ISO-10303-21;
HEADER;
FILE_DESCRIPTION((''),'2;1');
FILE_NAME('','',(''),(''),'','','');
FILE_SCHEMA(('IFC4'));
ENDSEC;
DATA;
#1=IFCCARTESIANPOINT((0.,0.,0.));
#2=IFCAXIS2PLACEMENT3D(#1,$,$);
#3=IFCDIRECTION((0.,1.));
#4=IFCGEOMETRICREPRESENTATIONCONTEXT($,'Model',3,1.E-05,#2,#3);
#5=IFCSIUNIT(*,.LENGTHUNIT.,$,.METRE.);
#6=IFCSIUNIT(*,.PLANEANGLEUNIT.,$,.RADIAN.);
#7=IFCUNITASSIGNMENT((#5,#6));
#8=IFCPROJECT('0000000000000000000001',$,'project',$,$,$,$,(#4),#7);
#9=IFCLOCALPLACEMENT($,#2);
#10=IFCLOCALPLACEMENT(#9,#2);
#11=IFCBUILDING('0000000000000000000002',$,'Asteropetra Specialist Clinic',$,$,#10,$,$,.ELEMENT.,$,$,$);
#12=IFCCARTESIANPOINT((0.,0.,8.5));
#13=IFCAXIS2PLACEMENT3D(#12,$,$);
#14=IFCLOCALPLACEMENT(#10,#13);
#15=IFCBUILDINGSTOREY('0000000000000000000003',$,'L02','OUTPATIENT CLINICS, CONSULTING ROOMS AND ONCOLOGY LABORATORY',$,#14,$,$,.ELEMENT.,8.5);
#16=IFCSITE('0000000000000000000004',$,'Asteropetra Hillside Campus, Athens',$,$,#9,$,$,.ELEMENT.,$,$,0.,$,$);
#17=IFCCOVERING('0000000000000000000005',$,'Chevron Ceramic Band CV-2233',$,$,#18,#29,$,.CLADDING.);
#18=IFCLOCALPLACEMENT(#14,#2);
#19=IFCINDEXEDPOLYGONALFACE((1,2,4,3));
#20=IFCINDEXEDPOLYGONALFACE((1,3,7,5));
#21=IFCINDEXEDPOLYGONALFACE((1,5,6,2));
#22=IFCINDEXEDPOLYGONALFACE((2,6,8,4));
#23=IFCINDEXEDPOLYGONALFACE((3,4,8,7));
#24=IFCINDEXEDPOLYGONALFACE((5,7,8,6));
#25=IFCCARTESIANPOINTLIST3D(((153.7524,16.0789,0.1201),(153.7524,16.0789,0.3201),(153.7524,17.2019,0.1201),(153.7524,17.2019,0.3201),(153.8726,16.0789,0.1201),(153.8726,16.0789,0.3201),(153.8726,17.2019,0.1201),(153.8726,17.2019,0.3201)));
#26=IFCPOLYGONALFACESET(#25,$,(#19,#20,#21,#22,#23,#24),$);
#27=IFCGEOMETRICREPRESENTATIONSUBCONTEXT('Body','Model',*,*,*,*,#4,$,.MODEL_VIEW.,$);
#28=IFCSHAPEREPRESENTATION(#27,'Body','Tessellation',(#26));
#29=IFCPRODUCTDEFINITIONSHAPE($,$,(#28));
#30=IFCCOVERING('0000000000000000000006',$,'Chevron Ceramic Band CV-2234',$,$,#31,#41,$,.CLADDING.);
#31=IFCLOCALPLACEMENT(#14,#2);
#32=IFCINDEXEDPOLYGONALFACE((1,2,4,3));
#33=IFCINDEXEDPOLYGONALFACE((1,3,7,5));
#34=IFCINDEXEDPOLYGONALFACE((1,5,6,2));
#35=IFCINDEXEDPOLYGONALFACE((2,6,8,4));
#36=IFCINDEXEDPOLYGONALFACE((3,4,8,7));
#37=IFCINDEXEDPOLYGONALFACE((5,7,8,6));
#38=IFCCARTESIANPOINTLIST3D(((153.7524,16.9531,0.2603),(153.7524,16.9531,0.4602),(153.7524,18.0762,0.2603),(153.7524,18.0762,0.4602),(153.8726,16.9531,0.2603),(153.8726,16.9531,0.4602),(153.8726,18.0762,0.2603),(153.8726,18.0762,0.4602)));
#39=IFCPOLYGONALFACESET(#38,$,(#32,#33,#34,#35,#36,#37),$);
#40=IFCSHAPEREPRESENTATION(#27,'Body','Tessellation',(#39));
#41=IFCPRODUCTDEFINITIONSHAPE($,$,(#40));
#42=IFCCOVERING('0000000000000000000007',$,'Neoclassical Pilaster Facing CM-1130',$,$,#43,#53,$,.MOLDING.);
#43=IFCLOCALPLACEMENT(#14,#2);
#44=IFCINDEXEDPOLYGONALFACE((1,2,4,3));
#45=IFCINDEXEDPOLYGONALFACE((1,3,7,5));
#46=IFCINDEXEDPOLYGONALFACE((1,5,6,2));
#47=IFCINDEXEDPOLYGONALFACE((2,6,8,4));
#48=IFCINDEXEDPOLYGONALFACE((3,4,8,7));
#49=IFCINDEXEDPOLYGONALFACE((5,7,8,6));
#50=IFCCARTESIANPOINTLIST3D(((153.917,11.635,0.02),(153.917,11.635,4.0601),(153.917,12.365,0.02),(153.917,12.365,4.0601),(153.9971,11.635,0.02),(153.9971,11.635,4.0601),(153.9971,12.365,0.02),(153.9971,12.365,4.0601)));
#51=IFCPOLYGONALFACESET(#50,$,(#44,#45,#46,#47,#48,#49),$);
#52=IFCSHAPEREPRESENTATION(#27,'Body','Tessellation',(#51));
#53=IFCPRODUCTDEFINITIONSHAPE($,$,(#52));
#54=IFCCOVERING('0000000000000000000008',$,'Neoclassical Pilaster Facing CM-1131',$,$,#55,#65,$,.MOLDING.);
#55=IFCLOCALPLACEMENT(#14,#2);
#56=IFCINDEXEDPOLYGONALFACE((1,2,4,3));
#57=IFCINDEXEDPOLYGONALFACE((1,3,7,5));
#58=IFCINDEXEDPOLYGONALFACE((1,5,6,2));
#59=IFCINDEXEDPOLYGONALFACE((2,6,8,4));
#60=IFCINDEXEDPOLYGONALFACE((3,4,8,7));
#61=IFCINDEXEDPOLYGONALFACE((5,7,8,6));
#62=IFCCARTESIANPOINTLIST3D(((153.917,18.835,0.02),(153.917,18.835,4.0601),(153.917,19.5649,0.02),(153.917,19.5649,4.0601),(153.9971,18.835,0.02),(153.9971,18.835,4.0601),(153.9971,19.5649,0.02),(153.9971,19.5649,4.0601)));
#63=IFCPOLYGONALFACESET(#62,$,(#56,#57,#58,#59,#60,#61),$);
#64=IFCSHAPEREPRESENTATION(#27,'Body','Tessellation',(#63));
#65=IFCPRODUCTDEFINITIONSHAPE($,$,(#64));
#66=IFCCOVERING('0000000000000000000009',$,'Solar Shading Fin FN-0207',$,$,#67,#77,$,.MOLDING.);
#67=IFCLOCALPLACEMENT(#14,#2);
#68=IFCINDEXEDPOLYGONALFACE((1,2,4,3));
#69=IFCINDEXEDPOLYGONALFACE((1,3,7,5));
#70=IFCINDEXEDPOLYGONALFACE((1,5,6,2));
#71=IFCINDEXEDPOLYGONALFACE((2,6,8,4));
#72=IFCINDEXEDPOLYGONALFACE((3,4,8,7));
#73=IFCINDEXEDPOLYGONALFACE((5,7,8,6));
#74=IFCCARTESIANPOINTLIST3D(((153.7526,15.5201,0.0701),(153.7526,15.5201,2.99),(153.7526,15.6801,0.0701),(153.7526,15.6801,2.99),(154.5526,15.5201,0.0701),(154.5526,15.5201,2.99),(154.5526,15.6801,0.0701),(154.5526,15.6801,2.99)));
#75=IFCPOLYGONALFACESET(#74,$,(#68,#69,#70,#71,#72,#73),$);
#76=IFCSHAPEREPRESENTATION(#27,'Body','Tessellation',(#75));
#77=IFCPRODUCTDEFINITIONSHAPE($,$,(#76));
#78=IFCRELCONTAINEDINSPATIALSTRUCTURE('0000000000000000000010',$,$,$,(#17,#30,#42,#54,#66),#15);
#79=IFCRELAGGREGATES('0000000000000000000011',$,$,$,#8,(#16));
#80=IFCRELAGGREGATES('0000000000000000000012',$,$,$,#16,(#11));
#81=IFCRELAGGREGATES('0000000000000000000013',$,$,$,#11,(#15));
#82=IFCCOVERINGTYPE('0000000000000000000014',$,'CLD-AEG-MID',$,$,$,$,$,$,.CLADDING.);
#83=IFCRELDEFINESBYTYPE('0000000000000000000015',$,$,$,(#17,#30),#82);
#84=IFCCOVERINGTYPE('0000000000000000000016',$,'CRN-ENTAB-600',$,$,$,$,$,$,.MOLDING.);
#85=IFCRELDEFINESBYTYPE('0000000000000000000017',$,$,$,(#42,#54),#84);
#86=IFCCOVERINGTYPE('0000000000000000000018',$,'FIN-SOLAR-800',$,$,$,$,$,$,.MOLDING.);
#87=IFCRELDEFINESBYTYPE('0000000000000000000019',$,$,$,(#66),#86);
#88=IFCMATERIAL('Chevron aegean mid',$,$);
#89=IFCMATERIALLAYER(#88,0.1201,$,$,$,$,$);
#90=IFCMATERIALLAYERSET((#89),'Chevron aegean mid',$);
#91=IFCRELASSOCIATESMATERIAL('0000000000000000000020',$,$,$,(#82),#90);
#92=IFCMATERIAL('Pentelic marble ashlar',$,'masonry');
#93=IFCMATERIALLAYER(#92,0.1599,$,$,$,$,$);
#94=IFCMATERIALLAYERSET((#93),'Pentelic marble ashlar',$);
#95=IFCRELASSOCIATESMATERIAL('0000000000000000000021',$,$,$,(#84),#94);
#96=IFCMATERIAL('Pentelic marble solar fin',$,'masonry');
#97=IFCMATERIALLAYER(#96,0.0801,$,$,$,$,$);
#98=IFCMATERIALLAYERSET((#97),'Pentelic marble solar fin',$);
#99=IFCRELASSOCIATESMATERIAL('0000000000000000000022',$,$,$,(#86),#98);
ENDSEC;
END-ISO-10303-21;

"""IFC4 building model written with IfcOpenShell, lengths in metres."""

from ifc_helpers import new_model, si_unit, direction, frame, origin, origin_2d, place, context, subcontext, project, spatial, rectangle, extrude, material, layer, layer_set, type_object, element, save


model = new_model("IFC4")

# Units and contexts
model_context = context("Model", 3, precision=1e-05, world=origin(), true_north=direction((0.0, 1.0)))
body_context = subcontext(model_context, "Body", "Model", "MODEL_VIEW")
ifc_project = project(units=[si_unit("LENGTHUNIT", "METRE"), si_unit("PLANEANGLEUNIT", "RADIAN")], contexts=[model_context])

# Site, building, storey
site_placement = place(None, origin())
site = spatial("IfcSite", under=ifc_project, at=site_placement, Name="Asteropetra Hillside Campus, Athens", CompositionType="ELEMENT", RefElevation=0.0)
building_placement = place(site_placement, origin())
building = spatial("IfcBuilding", under=site, at=building_placement, Name="Asteropetra Specialist Clinic", CompositionType="ELEMENT")
storey_placement = place(building_placement, frame((0.0, 0.0, 8.5)))
storey = spatial("IfcBuildingStorey", under=building, at=storey_placement, Name="L02", Description="OUTPATIENT CLINICS, CONSULTING ROOMS AND ONCOLOGY LABORATORY", CompositionType="ELEMENT", Elevation=8.5)

# Coverings
ifc_material_1 = material(Name="Chevron aegean mid")
ifc_layer_1 = layer(ifc_material_1, 0.1201)
ifc_layer_set_1 = layer_set([ifc_layer_1], Name="Chevron aegean mid")
covering_type_1 = type_object("IfcCoveringType", Name="CLD-AEG-MID", PredefinedType="CLADDING", material=ifc_layer_set_1)
for number, where, z_axis, x_axis, name in (
    (1, (153.8125, 16.6404, 0.1201), (0.0, 0.0, 1.0), (1.0, 0.0, 0.0), "Chevron Ceramic Band CV-2233"),
    (2, (153.8125, 17.5146, 0.2603), (0.0, 0.0, 1.0), (1.0, 0.0, 0.0), "Chevron Ceramic Band CV-2234"),
):
    element("IfcCovering", number, at=place(storey_placement, frame(where, z_axis=z_axis, x_axis=x_axis)), inside=storey, type_object=covering_type_1, Name=name, PredefinedType="CLADDING", context=body_context, shape_type="SweptSolid", body=[
        extrude(rectangle(XDim=0.1201, YDim=1.123, at=origin_2d()), origin(), (0.0, 0.0, 1.0), 0.2),
    ])
ifc_material_2 = material(Name="Pentelic marble ashlar", Category="masonry")
ifc_layer_2 = layer(ifc_material_2, 0.1599)
ifc_layer_set_2 = layer_set([ifc_layer_2], Name="Pentelic marble ashlar")
covering_type_2 = type_object("IfcCoveringType", Name="CRN-ENTAB-600", PredefinedType="MOLDING", material=ifc_layer_set_2)
for number, where, z_axis, x_axis, name in (
    (3, (153.957, 12.0, 0.02), (0.0, 0.0, 1.0), (1.0, 0.0, 0.0), "Neoclassical Pilaster Facing CM-1130"),
    (4, (153.957, 19.2, 0.02), (0.0, 0.0, 1.0), (1.0, 0.0, 0.0), "Neoclassical Pilaster Facing CM-1131"),
):
    element("IfcCovering", number, at=place(storey_placement, frame(where, z_axis=z_axis, x_axis=x_axis)), inside=storey, type_object=covering_type_2, Name=name, PredefinedType="MOLDING", context=body_context, shape_type="SweptSolid", body=[
        extrude(rectangle(XDim=0.0801, YDim=0.73, at=origin_2d()), origin(), (0.0, 0.0, 1.0), 4.04),
    ])
ifc_material_3 = material(Name="Pentelic marble solar fin", Category="masonry")
ifc_layer_3 = layer(ifc_material_3, 0.0801)
ifc_layer_set_3 = layer_set([ifc_layer_3], Name="Pentelic marble solar fin")
covering_type_3 = type_object("IfcCoveringType", Name="FIN-SOLAR-800", PredefinedType="MOLDING", material=ifc_layer_set_3)
covering_1_placement = place(storey_placement, frame((154.1526, 15.6001, 0.0701), z_axis=(0.0, 0.0, 1.0), x_axis=(1.0, 0.0, 0.0)))
element("IfcCovering", 5, at=covering_1_placement, inside=storey, type_object=covering_type_3, Name="Solar Shading Fin FN-0207", PredefinedType="MOLDING", context=body_context, shape_type="SweptSolid", body=[
    extrude(rectangle(XDim=0.8, YDim=0.1599, at=origin_2d()), origin(), (0.0, 0.0, 1.0), 2.9199),
])

save(model, "model.ifc")
